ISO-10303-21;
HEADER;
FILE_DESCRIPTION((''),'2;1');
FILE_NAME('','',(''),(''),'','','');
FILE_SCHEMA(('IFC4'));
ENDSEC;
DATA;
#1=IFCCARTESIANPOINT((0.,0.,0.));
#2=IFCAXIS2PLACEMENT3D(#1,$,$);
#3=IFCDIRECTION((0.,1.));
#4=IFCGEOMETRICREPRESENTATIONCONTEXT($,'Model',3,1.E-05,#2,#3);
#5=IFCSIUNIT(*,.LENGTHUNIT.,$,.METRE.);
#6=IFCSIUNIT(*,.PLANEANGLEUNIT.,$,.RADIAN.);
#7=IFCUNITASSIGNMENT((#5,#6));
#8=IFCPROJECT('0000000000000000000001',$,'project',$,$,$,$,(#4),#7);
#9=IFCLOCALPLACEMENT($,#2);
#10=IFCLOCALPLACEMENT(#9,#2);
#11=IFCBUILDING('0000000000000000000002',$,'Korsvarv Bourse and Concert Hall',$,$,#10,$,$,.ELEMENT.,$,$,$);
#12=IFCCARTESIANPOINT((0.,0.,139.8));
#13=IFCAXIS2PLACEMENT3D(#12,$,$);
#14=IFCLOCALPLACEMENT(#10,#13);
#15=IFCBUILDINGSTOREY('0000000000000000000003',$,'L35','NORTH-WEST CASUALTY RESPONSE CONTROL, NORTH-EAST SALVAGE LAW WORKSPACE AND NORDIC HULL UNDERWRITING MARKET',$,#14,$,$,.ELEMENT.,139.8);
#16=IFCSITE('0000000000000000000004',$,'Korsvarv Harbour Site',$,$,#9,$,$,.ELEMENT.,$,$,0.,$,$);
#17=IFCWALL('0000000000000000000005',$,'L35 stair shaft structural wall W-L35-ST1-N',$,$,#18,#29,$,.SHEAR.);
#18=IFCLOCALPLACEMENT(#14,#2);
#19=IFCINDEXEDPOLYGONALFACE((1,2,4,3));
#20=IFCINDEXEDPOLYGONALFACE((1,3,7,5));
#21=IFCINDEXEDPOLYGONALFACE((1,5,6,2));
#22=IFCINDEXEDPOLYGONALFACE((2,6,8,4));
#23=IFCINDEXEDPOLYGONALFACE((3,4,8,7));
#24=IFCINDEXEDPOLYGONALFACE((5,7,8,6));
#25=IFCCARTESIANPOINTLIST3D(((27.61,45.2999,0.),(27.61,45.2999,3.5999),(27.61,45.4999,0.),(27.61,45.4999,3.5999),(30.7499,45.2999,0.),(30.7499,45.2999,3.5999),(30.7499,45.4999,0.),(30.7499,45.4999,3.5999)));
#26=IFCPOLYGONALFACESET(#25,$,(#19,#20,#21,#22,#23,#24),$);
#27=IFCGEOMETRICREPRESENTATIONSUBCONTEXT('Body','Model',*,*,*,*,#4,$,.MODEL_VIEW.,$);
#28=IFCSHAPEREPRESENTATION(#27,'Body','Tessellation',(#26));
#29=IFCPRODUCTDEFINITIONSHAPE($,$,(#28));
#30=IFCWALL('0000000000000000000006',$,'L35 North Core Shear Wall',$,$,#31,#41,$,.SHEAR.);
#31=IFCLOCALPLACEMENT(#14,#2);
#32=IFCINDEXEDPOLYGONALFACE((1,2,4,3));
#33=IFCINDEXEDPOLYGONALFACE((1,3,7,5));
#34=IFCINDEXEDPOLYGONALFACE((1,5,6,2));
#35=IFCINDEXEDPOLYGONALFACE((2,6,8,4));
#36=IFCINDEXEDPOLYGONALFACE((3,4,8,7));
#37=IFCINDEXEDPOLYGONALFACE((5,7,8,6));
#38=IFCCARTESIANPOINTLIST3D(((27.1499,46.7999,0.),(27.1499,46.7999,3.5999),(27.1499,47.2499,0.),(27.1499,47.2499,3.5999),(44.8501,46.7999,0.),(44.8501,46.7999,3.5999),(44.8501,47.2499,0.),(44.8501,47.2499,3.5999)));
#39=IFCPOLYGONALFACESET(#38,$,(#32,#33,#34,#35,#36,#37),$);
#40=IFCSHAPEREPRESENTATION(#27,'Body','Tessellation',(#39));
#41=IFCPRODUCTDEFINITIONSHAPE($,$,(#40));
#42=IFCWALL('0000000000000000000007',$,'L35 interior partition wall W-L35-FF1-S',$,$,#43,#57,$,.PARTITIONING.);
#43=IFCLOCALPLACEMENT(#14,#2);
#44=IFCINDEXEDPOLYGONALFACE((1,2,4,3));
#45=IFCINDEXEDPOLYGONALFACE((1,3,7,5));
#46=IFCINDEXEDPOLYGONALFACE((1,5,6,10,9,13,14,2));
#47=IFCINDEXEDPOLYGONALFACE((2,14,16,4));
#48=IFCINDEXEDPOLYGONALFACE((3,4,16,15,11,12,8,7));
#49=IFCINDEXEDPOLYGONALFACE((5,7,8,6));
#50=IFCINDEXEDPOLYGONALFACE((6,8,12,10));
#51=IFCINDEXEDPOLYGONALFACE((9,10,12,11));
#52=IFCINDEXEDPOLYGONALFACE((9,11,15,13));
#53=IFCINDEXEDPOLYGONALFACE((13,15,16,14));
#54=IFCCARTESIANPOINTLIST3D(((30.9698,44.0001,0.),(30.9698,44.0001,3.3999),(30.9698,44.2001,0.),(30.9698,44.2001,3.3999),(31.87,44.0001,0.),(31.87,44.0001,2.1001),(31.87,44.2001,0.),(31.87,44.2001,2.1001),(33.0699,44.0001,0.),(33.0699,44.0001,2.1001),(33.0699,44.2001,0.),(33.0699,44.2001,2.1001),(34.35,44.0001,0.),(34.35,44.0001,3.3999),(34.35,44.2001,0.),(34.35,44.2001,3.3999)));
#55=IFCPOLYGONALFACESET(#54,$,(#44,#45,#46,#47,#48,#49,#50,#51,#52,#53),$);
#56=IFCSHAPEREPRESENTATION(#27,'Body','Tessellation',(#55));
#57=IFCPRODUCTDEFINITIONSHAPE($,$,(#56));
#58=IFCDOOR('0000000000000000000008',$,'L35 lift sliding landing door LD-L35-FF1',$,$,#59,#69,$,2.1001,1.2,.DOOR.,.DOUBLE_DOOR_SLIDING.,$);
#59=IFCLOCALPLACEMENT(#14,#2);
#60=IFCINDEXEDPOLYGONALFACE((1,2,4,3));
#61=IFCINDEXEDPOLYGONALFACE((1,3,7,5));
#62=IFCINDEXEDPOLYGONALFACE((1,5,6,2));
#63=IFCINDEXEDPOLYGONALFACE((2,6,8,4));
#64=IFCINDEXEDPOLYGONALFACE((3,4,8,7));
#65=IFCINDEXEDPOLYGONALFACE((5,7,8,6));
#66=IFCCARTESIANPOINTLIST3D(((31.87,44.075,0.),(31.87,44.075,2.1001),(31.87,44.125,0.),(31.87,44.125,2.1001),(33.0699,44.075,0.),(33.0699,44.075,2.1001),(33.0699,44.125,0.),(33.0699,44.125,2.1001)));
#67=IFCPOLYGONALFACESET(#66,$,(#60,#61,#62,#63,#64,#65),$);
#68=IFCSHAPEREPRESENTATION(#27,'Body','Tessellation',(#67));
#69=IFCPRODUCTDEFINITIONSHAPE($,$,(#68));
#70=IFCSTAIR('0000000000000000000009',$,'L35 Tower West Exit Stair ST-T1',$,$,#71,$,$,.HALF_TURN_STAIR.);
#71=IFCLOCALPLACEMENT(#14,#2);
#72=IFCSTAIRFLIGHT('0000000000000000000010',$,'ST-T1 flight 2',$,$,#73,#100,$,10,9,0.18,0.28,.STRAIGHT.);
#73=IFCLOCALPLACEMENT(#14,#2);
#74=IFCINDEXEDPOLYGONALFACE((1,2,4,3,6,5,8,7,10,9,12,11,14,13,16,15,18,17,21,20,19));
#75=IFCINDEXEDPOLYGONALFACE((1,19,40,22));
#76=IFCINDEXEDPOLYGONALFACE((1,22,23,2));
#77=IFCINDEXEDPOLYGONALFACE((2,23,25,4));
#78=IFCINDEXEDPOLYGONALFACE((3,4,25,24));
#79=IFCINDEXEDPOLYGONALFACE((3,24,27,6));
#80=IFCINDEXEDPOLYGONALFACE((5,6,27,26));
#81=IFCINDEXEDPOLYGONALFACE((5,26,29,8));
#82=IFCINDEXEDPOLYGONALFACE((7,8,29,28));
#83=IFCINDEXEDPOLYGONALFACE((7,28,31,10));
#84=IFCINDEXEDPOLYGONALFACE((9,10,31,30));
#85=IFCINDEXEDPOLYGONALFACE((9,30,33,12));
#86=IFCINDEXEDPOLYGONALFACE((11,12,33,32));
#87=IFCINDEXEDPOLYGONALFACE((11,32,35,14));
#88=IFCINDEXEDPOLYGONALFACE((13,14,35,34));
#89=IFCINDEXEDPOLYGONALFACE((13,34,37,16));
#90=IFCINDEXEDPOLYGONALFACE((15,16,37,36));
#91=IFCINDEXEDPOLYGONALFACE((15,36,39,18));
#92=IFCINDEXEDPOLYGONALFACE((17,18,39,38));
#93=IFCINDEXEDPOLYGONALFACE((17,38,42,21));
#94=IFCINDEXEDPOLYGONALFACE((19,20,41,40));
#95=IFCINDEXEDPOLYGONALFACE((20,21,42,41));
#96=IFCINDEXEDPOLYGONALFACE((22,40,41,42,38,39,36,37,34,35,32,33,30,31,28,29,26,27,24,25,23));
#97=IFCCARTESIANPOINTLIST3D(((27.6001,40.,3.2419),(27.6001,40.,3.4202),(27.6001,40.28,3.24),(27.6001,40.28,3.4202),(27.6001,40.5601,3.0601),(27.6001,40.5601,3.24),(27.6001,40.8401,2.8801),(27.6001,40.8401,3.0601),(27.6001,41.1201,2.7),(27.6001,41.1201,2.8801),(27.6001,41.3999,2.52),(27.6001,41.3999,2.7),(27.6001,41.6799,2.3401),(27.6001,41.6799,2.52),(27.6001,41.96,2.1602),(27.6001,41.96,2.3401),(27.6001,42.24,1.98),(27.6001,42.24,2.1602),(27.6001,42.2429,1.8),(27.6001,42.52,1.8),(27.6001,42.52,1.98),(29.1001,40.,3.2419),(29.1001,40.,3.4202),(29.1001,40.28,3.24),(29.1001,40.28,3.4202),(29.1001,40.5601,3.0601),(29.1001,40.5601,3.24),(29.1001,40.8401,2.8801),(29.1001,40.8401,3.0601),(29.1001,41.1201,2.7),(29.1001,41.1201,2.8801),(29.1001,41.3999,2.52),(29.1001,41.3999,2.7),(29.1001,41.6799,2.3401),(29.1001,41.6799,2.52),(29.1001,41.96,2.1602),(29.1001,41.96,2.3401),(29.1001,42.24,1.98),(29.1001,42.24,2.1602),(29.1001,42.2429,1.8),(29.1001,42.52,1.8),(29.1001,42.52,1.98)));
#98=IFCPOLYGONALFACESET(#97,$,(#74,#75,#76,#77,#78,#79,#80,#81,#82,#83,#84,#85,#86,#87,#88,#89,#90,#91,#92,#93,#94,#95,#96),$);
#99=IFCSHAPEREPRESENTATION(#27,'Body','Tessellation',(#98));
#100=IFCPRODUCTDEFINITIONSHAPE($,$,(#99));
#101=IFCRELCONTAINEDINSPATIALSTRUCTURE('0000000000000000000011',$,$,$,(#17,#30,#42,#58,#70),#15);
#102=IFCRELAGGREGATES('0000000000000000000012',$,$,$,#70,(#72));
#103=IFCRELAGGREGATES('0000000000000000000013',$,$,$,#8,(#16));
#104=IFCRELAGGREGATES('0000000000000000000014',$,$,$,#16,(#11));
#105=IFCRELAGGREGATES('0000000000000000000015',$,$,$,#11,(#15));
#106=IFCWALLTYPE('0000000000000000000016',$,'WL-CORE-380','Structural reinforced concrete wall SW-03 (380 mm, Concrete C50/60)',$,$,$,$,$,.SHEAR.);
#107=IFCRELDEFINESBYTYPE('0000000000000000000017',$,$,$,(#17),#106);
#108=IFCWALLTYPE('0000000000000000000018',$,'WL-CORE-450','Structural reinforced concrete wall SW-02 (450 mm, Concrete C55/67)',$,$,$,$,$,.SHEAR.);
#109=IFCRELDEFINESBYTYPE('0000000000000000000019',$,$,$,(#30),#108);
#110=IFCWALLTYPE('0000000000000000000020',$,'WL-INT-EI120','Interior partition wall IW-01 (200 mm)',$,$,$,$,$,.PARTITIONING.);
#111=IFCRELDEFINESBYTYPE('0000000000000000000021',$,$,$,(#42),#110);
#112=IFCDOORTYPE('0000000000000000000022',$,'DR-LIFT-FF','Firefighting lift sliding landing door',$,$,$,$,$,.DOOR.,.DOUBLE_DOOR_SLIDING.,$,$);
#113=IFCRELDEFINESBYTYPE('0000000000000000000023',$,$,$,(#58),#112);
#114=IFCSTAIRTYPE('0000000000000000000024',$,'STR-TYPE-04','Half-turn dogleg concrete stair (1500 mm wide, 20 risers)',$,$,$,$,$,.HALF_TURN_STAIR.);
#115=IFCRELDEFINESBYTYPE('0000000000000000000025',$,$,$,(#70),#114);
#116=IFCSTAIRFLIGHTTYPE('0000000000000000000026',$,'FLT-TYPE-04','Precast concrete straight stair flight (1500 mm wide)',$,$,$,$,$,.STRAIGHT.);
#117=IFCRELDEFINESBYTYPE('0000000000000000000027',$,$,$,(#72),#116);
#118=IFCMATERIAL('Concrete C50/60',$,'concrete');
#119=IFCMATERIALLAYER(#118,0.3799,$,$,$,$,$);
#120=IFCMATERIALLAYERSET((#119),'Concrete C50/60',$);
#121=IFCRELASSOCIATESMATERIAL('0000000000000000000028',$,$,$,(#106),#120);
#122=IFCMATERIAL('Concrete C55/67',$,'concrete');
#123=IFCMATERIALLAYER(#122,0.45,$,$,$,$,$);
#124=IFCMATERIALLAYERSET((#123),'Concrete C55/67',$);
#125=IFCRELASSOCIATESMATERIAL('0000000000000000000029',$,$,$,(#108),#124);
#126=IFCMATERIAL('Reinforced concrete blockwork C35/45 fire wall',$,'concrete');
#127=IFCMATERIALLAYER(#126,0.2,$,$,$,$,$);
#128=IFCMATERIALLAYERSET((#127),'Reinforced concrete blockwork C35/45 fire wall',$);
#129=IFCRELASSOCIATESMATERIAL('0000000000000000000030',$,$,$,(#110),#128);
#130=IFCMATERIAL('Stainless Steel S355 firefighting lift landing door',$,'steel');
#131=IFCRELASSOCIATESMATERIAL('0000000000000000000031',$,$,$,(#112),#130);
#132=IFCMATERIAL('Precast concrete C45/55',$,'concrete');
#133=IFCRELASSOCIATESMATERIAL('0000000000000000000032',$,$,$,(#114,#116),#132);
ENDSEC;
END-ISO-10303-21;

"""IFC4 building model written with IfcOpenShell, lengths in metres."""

from ifc_helpers import new_model, si_unit, direction, frame, frame_2d, origin, place, context, subcontext, project, spatial, polyline, rectangle, outline, extrude, material, layer, layer_set, type_object, element, fill, aggregate, save


model = new_model("IFC4")

# Units and contexts
model_context = context("Model", 3, precision=1e-05, world=origin(), true_north=direction((0.0, 1.0)))
body_context = subcontext(model_context, "Body", "Model", "MODEL_VIEW")
ifc_project = project(units=[si_unit("LENGTHUNIT", "METRE"), si_unit("PLANEANGLEUNIT", "RADIAN")], contexts=[model_context])

# Site, building, storey
site_placement = place(None, origin())
site = spatial("IfcSite", under=ifc_project, at=site_placement, Name="Korsvarv Harbour Site", CompositionType="ELEMENT", RefElevation=0.0)
building_placement = place(site_placement, origin())
building = spatial("IfcBuilding", under=site, at=building_placement, Name="Korsvarv Bourse and Concert Hall", CompositionType="ELEMENT")
storey_placement = place(building_placement, frame((0.0, 0.0, 139.8)))
storey = spatial("IfcBuildingStorey", under=building, at=storey_placement, Name="L35", Description="NORTH-WEST CASUALTY RESPONSE CONTROL, NORTH-EAST SALVAGE LAW WORKSPACE AND NORDIC HULL UNDERWRITING MARKET", CompositionType="ELEMENT", Elevation=139.8)

# Walls
ifc_material_1 = material(Name="Concrete C50/60", Category="concrete")
ifc_layer_1 = layer(ifc_material_1, 0.3799)
ifc_layer_set_1 = layer_set([ifc_layer_1], Name="Concrete C50/60")
wall_type_1 = type_object("IfcWallType", Name="WL-CORE-380", Description="Structural reinforced concrete wall SW-03 (380 mm, Concrete C50/60)", PredefinedType="SHEAR", material=ifc_layer_set_1)
wall_1_placement = place(storey_placement, frame((27.6101, 45.3999, 0.0), z_axis=(0.0, 0.0, 1.0), x_axis=(1.0, 0.0, 0.0)))
element("IfcWall", 1, at=wall_1_placement, inside=storey, type_object=wall_type_1, Name="L35 stair shaft structural wall W-L35-ST1-N", PredefinedType="SHEAR", context=body_context, shape_type="SweptSolid", body=[
    extrude(rectangle(XDim=3.1399, YDim=0.2, at=frame_2d((1.5698, 0.0))), origin(), (0.0, 0.0, 1.0), 3.5999),
])
ifc_material_2 = material(Name="Concrete C55/67", Category="concrete")
ifc_layer_2 = layer(ifc_material_2, 0.45)
ifc_layer_set_2 = layer_set([ifc_layer_2], Name="Concrete C55/67")
wall_type_2 = type_object("IfcWallType", Name="WL-CORE-450", Description="Structural reinforced concrete wall SW-02 (450 mm, Concrete C55/67)", PredefinedType="SHEAR", material=ifc_layer_set_2)
wall_2_placement = place(storey_placement, frame((27.1499, 47.0249, 0.0), z_axis=(0.0, 0.0, 1.0), x_axis=(1.0, 0.0, 0.0)))
element("IfcWall", 2, at=wall_2_placement, inside=storey, type_object=wall_type_2, Name="L35 North Core Shear Wall", PredefinedType="SHEAR", context=body_context, shape_type="SweptSolid", body=[
    extrude(rectangle(XDim=17.7002, YDim=0.45, at=frame_2d((8.8501, 0.0))), origin(), (0.0, 0.0, 1.0), 3.5999),
])

# Wall, opening, door
ifc_material_3 = material(Name="Reinforced concrete blockwork C35/45 fire wall", Category="concrete")
ifc_layer_3 = layer(ifc_material_3, 0.2)
ifc_layer_set_3 = layer_set([ifc_layer_3], Name="Reinforced concrete blockwork C35/45 fire wall")
wall_type_3 = type_object("IfcWallType", Name="WL-INT-EI120", Description="Interior partition wall IW-01 (200 mm)", PredefinedType="PARTITIONING", material=ifc_layer_set_3)
wall_3_placement = place(storey_placement, frame((30.97, 44.1001, 0.0), z_axis=(0.0, 0.0, 1.0), x_axis=(1.0, 0.0, 0.0)))
wall_3 = element("IfcWall", 3, at=wall_3_placement, inside=storey, type_object=wall_type_3, Name="L35 interior partition wall W-L35-FF1-S", PredefinedType="PARTITIONING", context=body_context, shape_type="SweptSolid", body=[
    extrude(rectangle(XDim=3.3801, YDim=0.2, at=frame_2d((1.6899, 0.0))), origin(), (0.0, 0.0, 1.0), 3.3999),
])
opening_placement = place(wall_3_placement, frame((0.8999, 0.0, 0.0)))
opening = element("IfcOpeningElement", 4, at=opening_placement, cuts=wall_3, PredefinedType="OPENING", context=body_context, shape_type="SweptSolid", body=[
    extrude(rectangle(XDim=1.2, YDim=2.1001, at=frame_2d((0.6001, 1.05))), frame((0.0, 0.1099, 0.0), z_axis=(0.0, -1.0, 0.0), x_axis=(1.0, 0.0, 0.0)), (0.0, 0.0, 1.0), 0.22),
])
ifc_material_4 = material(Name="Stainless Steel S355 firefighting lift landing door", Category="steel")
door_type = type_object("IfcDoorType", Name="DR-LIFT-FF", Description="Firefighting lift sliding landing door", OperationType="DOUBLE_DOOR_SLIDING", PredefinedType="DOOR", material=ifc_material_4)
door_placement = place(opening_placement, origin())
door = element("IfcDoor", 5, at=door_placement, inside=storey, type_object=door_type, Name="L35 lift sliding landing door LD-L35-FF1", OperationType="DOUBLE_DOOR_SLIDING", OverallHeight=2.1001, OverallWidth=1.2, PredefinedType="DOOR", context=body_context, shape_type="SweptSolid", body=[
    extrude(rectangle(XDim=1.2, YDim=2.1001, at=frame_2d((0.6001, 1.05))), frame((0.0, 0.0249, 0.0), z_axis=(0.0, -1.0, 0.0), x_axis=(1.0, 0.0, 0.0)), (0.0, 0.0, 1.0), 0.05),
])
fill(opening, door)

# Stair, stair flight
ifc_material_5 = material(Name="Precast concrete C45/55", Category="concrete")
stair_type = type_object("IfcStairType", Name="STR-TYPE-04", Description="Half-turn dogleg concrete stair (1500 mm wide, 20 risers)", PredefinedType="HALF_TURN_STAIR", material=ifc_material_5)
stair_placement = place(storey_placement, origin())
stair = element("IfcStair", 6, at=stair_placement, inside=storey, type_object=stair_type, Name="L35 Tower West Exit Stair ST-T1", PredefinedType="HALF_TURN_STAIR")
stair_flight_type = type_object("IfcStairFlightType", Name="FLT-TYPE-04", Description="Precast concrete straight stair flight (1500 mm wide)", PredefinedType="STRAIGHT", material=ifc_material_5)
stair_flight_placement = place(storey_placement, frame((28.3501, 42.52, 1.8), z_axis=(0.0, 0.0, 1.0), x_axis=(0.0, -1.0, 0.0)))
stair_flight = element("IfcStairFlight", 7, at=stair_flight_placement, type_object=stair_flight_type, Name="ST-T1 flight 2", NumberOfRisers=10, NumberOfTreads=9, PredefinedType="STRAIGHT", RiserHeight=0.18, TreadLength=0.28, context=body_context, shape_type="SweptSolid", body=[
    extrude(outline(polyline([(0.0, 0.0), (0.0, 0.1799), (0.28, 0.1799), (0.28, 0.3601), (0.5601, 0.3601), (0.5601, 0.54), (0.8401, 0.54), (0.8401, 0.72), (1.1201, 0.72), (1.1201, 0.8999), (1.3999, 0.8999), (1.3999, 1.0801), (1.6799, 1.0801), (1.6799, 1.26), (1.96, 1.26), (1.96, 1.4399), (2.24, 1.4399), (2.24, 1.6201), (2.52, 1.6201), (2.52, 1.8), (2.52, 1.4419), (0.2771, 0.0), (0.0, 0.0)])), frame((0.0, 0.75, 0.0), z_axis=(0.0, -1.0, 0.0), x_axis=(1.0, 0.0, 0.0)), (0.0, 0.0, 1.0), 1.5),
])
aggregate(stair, [stair_flight])

save(model, "model.ifc")
